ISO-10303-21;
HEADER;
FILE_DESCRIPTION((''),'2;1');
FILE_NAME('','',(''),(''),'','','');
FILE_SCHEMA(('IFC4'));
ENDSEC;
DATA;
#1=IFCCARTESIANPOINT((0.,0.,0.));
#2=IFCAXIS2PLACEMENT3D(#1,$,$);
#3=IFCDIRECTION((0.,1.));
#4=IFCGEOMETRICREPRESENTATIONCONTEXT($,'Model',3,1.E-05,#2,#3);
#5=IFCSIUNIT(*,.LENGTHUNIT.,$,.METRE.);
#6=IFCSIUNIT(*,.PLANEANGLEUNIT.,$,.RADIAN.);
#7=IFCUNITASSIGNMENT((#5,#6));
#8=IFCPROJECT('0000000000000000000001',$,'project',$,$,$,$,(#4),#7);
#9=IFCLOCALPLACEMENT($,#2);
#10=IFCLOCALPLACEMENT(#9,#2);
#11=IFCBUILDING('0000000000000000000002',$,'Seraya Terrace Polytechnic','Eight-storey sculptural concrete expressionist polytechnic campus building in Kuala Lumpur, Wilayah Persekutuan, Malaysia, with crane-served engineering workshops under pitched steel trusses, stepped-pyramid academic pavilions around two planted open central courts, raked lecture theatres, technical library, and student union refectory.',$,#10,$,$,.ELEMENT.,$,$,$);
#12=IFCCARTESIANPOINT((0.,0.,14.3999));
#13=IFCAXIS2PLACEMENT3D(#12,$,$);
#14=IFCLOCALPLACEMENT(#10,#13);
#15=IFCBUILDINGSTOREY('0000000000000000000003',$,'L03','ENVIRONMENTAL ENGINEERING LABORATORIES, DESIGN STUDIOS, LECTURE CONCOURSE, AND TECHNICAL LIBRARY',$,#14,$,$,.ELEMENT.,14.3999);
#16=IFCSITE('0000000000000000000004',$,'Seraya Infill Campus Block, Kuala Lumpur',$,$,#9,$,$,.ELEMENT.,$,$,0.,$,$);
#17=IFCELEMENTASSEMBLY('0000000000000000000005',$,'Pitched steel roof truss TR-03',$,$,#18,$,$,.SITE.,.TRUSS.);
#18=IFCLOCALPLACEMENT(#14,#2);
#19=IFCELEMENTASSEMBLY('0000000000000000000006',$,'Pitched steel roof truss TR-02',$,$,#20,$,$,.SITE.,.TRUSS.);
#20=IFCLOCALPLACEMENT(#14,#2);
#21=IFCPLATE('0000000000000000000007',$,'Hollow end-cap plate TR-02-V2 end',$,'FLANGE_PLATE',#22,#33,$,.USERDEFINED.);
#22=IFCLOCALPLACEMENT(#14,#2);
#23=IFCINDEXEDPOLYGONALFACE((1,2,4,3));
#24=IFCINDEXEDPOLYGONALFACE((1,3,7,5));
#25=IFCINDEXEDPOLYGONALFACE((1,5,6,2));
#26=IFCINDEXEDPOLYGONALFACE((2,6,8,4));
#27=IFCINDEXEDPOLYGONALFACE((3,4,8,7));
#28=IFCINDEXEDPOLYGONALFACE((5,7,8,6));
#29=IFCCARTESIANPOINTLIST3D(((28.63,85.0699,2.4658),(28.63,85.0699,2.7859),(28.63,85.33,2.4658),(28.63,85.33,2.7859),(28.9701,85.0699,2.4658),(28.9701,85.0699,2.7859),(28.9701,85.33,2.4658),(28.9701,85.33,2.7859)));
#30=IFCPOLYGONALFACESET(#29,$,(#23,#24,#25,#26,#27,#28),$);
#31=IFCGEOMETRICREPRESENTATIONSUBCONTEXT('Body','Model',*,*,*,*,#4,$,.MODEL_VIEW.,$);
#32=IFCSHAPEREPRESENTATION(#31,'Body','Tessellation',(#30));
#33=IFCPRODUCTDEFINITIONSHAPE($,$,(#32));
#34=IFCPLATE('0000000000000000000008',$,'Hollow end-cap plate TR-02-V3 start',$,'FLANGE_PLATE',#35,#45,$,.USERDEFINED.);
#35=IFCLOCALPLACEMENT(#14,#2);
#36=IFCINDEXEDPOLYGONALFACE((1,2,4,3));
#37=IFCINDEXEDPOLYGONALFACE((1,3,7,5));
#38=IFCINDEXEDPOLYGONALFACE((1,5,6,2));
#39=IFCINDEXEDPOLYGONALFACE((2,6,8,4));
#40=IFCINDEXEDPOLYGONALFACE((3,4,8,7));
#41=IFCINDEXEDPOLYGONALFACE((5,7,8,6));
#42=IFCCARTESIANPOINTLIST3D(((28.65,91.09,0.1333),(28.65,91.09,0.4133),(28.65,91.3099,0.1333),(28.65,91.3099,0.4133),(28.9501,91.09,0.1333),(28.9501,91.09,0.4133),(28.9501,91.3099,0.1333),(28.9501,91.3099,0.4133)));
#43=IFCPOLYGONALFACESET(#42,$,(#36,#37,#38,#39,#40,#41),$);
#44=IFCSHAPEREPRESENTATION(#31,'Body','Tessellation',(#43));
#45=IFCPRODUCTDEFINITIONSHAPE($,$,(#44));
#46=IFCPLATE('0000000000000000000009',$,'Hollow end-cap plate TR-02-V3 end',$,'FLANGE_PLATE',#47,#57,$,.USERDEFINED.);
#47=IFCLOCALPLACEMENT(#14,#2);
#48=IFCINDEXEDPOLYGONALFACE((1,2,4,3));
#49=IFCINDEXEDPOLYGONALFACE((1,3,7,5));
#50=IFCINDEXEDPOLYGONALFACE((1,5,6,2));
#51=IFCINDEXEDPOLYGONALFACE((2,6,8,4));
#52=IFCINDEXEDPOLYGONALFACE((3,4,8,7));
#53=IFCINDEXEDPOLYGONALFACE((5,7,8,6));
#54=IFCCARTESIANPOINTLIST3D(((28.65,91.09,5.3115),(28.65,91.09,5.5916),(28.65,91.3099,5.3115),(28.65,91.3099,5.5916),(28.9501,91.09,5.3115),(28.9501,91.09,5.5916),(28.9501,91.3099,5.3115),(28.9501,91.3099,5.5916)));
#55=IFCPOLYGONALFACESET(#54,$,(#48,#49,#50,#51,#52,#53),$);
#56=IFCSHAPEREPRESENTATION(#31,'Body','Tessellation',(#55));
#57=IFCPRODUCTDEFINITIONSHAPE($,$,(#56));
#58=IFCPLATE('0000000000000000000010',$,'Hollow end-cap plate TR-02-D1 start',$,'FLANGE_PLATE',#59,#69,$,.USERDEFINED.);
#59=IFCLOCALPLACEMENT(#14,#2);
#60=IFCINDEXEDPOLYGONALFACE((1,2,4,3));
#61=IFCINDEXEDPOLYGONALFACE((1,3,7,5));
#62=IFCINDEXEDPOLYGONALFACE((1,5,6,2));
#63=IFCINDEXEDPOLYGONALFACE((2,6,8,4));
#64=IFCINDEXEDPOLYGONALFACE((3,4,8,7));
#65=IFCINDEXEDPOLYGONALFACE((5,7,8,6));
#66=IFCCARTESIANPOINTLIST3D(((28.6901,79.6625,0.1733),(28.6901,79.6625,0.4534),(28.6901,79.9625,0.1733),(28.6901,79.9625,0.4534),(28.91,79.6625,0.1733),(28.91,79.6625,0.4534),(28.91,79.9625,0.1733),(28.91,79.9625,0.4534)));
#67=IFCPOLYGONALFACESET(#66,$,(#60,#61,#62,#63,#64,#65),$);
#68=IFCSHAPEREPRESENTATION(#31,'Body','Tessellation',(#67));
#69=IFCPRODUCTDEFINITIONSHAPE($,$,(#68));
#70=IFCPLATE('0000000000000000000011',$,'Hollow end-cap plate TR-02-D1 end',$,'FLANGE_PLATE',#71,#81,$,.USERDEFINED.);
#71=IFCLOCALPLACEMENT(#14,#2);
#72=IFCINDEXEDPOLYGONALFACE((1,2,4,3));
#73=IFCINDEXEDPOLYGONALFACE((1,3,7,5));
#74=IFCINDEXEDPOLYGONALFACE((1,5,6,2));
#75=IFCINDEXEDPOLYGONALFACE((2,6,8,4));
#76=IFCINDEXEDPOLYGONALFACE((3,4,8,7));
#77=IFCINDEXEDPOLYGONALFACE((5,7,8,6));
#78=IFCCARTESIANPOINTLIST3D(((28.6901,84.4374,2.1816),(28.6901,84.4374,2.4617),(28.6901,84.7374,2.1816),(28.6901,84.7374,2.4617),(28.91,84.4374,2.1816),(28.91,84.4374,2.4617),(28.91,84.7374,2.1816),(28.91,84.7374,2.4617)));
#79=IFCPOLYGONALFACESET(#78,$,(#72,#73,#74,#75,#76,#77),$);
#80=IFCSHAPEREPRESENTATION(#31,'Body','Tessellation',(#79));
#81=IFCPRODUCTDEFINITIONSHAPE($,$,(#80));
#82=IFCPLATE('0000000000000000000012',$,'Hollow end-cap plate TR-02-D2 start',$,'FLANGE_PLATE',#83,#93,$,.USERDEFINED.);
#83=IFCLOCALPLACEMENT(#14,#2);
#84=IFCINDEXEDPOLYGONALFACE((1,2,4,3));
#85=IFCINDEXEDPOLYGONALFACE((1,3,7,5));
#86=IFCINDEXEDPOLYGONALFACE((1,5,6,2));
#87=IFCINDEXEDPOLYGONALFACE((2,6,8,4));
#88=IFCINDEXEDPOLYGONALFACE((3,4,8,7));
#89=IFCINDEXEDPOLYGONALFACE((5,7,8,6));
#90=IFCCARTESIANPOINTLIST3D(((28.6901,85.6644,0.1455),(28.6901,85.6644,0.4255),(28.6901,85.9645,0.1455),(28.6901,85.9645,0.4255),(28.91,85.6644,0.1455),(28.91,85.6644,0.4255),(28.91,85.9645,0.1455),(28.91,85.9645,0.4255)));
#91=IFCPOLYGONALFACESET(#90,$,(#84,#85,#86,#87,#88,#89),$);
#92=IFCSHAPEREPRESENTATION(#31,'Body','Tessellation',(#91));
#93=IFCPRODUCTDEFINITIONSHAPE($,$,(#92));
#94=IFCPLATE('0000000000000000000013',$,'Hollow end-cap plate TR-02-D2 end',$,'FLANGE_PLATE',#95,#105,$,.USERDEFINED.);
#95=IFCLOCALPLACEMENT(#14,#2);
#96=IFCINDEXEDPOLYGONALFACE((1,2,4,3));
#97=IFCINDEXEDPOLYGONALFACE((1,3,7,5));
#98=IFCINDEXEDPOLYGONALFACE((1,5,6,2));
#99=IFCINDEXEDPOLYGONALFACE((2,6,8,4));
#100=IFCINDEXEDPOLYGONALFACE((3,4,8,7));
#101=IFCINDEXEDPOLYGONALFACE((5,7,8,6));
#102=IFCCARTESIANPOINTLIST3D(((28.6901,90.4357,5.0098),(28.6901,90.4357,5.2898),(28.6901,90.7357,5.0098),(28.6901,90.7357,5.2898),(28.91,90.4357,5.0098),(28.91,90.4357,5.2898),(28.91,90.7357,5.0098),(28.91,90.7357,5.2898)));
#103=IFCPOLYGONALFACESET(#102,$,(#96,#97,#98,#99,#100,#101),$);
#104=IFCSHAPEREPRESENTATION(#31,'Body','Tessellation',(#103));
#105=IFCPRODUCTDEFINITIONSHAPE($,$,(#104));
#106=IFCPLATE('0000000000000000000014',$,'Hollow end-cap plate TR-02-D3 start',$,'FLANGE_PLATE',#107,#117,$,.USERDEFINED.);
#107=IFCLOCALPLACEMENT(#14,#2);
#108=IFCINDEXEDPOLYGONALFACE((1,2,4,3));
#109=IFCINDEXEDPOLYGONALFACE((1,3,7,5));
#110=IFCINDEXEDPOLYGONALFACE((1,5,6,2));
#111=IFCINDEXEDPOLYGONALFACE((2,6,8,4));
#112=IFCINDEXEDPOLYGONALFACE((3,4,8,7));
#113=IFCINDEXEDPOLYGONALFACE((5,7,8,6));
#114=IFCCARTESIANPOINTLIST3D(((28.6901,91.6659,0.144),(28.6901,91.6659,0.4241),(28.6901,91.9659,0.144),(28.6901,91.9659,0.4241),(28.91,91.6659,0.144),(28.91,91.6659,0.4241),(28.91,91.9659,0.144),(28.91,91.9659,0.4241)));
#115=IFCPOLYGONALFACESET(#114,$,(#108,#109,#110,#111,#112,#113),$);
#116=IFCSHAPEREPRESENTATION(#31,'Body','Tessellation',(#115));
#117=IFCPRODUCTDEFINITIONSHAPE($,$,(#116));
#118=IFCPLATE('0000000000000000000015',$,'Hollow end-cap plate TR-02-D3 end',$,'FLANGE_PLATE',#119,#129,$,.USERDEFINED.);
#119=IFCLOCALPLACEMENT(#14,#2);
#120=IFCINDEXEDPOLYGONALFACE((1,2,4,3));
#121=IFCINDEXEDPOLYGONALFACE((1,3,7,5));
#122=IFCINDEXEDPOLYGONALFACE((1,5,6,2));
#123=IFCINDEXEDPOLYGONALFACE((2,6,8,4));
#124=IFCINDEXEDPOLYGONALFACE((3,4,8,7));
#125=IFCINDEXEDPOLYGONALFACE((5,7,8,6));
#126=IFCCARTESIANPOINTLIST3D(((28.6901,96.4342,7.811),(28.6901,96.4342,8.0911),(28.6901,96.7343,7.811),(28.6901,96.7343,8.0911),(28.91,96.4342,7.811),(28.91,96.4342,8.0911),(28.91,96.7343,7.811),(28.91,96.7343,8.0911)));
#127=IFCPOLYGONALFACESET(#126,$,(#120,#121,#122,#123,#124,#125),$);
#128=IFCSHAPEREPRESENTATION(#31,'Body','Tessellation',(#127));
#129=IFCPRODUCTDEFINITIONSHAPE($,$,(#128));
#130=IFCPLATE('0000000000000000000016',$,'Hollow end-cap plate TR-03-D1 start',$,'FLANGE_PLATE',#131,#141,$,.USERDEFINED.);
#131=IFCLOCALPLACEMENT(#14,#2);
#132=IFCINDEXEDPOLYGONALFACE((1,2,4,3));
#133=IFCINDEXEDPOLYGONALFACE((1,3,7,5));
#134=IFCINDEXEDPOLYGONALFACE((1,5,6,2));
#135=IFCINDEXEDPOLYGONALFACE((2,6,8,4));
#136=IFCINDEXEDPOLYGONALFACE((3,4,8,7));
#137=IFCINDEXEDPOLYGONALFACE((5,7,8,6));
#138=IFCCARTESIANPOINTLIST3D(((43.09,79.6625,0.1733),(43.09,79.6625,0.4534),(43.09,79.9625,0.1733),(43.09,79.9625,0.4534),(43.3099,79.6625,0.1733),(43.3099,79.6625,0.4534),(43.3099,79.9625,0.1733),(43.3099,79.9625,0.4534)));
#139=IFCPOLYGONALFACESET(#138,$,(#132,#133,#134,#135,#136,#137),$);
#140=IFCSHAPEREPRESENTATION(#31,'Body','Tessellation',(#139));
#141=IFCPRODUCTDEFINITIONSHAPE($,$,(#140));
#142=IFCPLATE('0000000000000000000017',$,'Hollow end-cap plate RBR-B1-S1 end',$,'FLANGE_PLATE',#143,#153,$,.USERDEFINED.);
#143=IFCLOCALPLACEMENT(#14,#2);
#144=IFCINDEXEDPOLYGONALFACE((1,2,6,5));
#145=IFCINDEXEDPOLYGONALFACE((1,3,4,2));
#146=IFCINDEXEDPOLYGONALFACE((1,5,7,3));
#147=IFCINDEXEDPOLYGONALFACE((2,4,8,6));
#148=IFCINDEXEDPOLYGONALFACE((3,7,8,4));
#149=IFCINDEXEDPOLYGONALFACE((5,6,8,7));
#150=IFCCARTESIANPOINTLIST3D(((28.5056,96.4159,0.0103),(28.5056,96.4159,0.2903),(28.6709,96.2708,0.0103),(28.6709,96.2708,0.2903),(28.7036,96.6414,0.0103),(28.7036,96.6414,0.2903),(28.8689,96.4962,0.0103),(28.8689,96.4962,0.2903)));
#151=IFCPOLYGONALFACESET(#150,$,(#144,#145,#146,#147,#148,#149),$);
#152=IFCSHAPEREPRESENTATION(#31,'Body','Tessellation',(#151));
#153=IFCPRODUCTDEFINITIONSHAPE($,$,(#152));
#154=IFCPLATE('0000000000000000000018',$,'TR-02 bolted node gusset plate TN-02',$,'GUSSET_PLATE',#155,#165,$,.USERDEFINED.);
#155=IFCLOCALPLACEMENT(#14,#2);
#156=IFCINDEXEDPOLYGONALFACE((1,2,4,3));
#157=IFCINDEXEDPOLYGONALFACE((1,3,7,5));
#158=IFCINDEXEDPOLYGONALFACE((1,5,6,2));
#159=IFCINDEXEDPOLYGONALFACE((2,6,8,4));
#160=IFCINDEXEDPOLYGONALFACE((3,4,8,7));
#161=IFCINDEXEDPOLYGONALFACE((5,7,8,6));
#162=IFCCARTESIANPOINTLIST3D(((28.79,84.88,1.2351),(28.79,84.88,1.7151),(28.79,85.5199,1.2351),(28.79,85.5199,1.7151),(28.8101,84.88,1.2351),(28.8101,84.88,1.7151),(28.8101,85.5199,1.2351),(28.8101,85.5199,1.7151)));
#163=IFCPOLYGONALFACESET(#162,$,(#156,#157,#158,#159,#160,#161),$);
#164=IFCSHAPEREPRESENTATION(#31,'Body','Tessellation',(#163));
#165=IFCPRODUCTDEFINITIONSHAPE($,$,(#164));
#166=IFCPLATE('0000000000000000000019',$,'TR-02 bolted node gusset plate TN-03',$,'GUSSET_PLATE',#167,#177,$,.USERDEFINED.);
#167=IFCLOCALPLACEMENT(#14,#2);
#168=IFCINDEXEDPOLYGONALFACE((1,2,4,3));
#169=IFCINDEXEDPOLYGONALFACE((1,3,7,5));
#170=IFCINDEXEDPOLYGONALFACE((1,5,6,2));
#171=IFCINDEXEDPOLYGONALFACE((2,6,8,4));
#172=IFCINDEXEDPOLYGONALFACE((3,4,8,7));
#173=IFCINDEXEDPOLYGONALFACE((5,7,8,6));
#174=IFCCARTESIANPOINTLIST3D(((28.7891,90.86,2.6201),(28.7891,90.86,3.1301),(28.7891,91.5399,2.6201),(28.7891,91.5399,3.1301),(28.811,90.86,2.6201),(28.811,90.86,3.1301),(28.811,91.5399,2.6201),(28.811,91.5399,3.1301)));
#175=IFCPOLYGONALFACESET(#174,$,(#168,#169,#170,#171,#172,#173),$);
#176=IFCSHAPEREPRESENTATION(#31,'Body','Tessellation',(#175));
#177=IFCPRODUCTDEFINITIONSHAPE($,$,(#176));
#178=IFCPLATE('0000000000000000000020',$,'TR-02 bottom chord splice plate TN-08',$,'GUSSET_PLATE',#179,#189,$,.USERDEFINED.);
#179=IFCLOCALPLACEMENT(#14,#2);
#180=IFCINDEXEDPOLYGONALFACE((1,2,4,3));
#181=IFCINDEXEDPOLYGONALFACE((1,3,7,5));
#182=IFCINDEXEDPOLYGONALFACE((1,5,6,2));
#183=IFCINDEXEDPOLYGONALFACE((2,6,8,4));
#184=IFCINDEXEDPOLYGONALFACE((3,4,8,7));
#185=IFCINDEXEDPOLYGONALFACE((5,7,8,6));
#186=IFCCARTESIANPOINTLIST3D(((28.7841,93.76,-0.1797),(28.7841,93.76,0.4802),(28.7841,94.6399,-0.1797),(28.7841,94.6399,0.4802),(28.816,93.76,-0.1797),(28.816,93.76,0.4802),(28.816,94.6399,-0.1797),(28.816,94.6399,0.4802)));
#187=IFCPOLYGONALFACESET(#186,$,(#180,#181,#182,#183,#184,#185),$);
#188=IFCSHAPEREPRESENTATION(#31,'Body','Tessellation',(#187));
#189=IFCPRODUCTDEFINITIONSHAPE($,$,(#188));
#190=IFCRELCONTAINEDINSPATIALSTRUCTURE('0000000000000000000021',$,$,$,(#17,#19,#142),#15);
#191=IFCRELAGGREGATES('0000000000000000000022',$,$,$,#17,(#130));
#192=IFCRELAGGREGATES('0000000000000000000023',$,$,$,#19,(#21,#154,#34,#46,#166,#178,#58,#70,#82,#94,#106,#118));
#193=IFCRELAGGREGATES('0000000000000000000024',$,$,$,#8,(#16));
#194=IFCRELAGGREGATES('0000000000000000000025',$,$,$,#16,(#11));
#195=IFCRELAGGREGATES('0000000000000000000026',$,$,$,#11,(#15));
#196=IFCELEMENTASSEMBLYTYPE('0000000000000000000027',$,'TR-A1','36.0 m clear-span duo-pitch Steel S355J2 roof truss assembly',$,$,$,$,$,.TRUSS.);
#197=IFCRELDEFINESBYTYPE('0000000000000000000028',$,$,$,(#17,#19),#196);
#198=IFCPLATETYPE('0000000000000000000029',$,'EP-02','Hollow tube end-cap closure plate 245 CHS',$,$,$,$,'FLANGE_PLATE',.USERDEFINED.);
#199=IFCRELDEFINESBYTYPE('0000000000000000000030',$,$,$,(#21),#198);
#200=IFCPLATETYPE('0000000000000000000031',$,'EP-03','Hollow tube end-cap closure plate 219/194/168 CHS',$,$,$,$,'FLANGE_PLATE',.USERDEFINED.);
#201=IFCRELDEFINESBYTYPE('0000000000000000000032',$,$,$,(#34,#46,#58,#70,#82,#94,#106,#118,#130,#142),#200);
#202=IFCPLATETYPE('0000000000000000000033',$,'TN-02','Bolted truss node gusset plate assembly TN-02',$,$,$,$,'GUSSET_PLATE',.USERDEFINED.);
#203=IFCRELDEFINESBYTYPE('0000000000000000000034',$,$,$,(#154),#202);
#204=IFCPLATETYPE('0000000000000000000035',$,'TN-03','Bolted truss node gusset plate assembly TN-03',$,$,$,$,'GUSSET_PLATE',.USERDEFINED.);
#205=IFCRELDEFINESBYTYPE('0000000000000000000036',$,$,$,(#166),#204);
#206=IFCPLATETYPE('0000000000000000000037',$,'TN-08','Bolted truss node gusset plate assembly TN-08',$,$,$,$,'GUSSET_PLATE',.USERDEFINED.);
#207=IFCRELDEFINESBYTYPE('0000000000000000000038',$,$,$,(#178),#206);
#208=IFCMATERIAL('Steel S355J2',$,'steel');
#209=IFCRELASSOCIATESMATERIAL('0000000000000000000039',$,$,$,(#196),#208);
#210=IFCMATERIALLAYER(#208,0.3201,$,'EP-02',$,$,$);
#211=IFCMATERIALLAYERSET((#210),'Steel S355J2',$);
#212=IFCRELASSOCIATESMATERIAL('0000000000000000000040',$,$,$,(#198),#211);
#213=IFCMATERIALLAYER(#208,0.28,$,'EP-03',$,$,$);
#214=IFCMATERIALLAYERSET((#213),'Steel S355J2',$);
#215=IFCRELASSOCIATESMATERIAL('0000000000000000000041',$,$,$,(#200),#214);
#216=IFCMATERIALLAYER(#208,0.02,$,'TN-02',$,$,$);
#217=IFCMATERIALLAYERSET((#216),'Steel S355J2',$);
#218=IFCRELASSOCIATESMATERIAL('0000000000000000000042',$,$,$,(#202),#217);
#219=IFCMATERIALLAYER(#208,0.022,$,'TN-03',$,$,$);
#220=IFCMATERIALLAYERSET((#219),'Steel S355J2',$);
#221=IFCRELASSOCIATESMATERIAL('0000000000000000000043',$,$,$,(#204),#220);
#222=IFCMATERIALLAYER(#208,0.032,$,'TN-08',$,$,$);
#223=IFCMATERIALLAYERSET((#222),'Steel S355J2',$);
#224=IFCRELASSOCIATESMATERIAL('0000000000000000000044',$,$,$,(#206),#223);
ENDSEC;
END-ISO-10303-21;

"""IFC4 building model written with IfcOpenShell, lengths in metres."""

from ifc_helpers import new_model, si_unit, direction, frame, origin, origin_2d, place, context, subcontext, project, spatial, rectangle, extrude, material, layer, layer_set, type_object, element, aggregate, save


model = new_model("IFC4")

# Units and contexts
model_context = context("Model", 3, precision=1e-05, world=origin(), true_north=direction((0.0, 1.0)))
body_context = subcontext(model_context, "Body", "Model", "MODEL_VIEW")
ifc_project = project(units=[si_unit("LENGTHUNIT", "METRE"), si_unit("PLANEANGLEUNIT", "RADIAN")], contexts=[model_context])

# Site, building, storey
site_placement = place(None, origin())
site = spatial("IfcSite", under=ifc_project, at=site_placement, Name="Seraya Infill Campus Block, Kuala Lumpur", CompositionType="ELEMENT", RefElevation=0.0)
building_placement = place(site_placement, origin())
building = spatial("IfcBuilding", under=site, at=building_placement, Name="Seraya Terrace Polytechnic", Description="Eight-storey sculptural concrete expressionist polytechnic campus building in Kuala Lumpur, Wilayah Persekutuan, Malaysia, with crane-served engineering workshops under pitched steel trusses, stepped-pyramid academic pavilions around two planted open central courts, raked lecture theatres, technical library, and student union refectory.", CompositionType="ELEMENT")
storey_placement = place(building_placement, frame((0.0, 0.0, 14.3999)))
storey = spatial("IfcBuildingStorey", under=building, at=storey_placement, Name="L03", Description="ENVIRONMENTAL ENGINEERING LABORATORIES, DESIGN STUDIOS, LECTURE CONCOURSE, AND TECHNICAL LIBRARY", CompositionType="ELEMENT", Elevation=14.3999)

# Element assembly
ifc_material_1 = material(Name="Steel S355J2", Category="steel")
element_assembly_type = type_object("IfcElementAssemblyType", Name="TR-A1", Description="36.0 m clear-span duo-pitch Steel S355J2 roof truss assembly", PredefinedType="TRUSS", material=ifc_material_1)
assembly_1_placement = place(storey_placement, origin())
assembly_1 = element("IfcElementAssembly", 1, at=assembly_1_placement, inside=storey, type_object=element_assembly_type, Name="Pitched steel roof truss TR-03", AssemblyPlace="SITE", PredefinedType="TRUSS")

# Element assembly
assembly_2_placement = place(storey_placement, origin())
assembly_2 = element("IfcElementAssembly", 2, at=assembly_2_placement, inside=storey, type_object=element_assembly_type, Name="Pitched steel roof truss TR-02", AssemblyPlace="SITE", PredefinedType="TRUSS")

# Plates
ifc_layer_1 = layer(ifc_material_1, 0.3201, Name="EP-02")
ifc_layer_set_1 = layer_set([ifc_layer_1], Name="Steel S355J2")
plate_type_1 = type_object("IfcPlateType", Name="EP-02", Description="Hollow tube end-cap closure plate 245 CHS", ElementType="FLANGE_PLATE", PredefinedType="USERDEFINED", material=ifc_layer_set_1)
plate_1_placement = place(storey_placement, frame((28.8, 85.2, 2.4658), z_axis=(0.0, 0.0, 1.0), x_axis=(1.0, 0.0, 0.0)))
plate_1 = element("IfcPlate", 3, at=plate_1_placement, type_object=plate_type_1, Name="Hollow end-cap plate TR-02-V2 end", ObjectType="FLANGE_PLATE", PredefinedType="USERDEFINED", context=body_context, shape_type="SweptSolid", body=[
    extrude(rectangle(XDim=0.3401, YDim=0.26, at=origin_2d()), origin(), (0.0, 0.0, 1.0), 0.3201),
])
ifc_layer_2 = layer(ifc_material_1, 0.28, Name="EP-03")
ifc_layer_set_2 = layer_set([ifc_layer_2], Name="Steel S355J2")
plate_type_2 = type_object("IfcPlateType", Name="EP-03", Description="Hollow tube end-cap closure plate 219/194/168 CHS", ElementType="FLANGE_PLATE", PredefinedType="USERDEFINED", material=ifc_layer_set_2)
plate_2_placement = place(storey_placement, frame((28.8, 91.2, 0.1333), z_axis=(0.0, 0.0, 1.0), x_axis=(1.0, 0.0, 0.0)))
plate_2 = element("IfcPlate", 4, at=plate_2_placement, type_object=plate_type_2, Name="Hollow end-cap plate TR-02-V3 start", ObjectType="FLANGE_PLATE", PredefinedType="USERDEFINED", context=body_context, shape_type="SweptSolid", body=[
    extrude(rectangle(XDim=0.3, YDim=0.22, at=origin_2d()), origin(), (0.0, 0.0, 1.0), 0.28),
])
plate_3_placement = place(storey_placement, frame((28.8, 91.2, 5.3115), z_axis=(0.0, 0.0, 1.0), x_axis=(1.0, 0.0, 0.0)))
plate_3 = element("IfcPlate", 5, at=plate_3_placement, type_object=plate_type_2, Name="Hollow end-cap plate TR-02-V3 end", ObjectType="FLANGE_PLATE", PredefinedType="USERDEFINED", context=body_context, shape_type="SweptSolid", body=[
    extrude(rectangle(XDim=0.3, YDim=0.22, at=origin_2d()), origin(), (0.0, 0.0, 1.0), 0.28),
])
plate_4_placement = place(storey_placement, frame((28.8, 79.8125, 0.1733), z_axis=(0.0, 0.0, 1.0), x_axis=(0.0, 1.0, 0.0)))
plate_4 = element("IfcPlate", 6, at=plate_4_placement, type_object=plate_type_2, Name="Hollow end-cap plate TR-02-D1 start", ObjectType="FLANGE_PLATE", PredefinedType="USERDEFINED", context=body_context, shape_type="SweptSolid", body=[
    extrude(rectangle(XDim=0.3, YDim=0.22, at=origin_2d()), origin(), (0.0, 0.0, 1.0), 0.28),
])
plate_5_placement = place(storey_placement, frame((28.8, 84.5874, 2.1816), z_axis=(0.0, 0.0, 1.0), x_axis=(0.0, 1.0, 0.0)))
plate_5 = element("IfcPlate", 7, at=plate_5_placement, type_object=plate_type_2, Name="Hollow end-cap plate TR-02-D1 end", ObjectType="FLANGE_PLATE", PredefinedType="USERDEFINED", context=body_context, shape_type="SweptSolid", body=[
    extrude(rectangle(XDim=0.3, YDim=0.22, at=origin_2d()), origin(), (0.0, 0.0, 1.0), 0.28),
])
plate_6_placement = place(storey_placement, frame((28.8, 85.8145, 0.1455), z_axis=(0.0, 0.0, 1.0), x_axis=(0.0, 1.0, 0.0)))
plate_6 = element("IfcPlate", 8, at=plate_6_placement, type_object=plate_type_2, Name="Hollow end-cap plate TR-02-D2 start", ObjectType="FLANGE_PLATE", PredefinedType="USERDEFINED", context=body_context, shape_type="SweptSolid", body=[
    extrude(rectangle(XDim=0.3, YDim=0.22, at=origin_2d()), origin(), (0.0, 0.0, 1.0), 0.28),
])
plate_7_placement = place(storey_placement, frame((28.8, 90.5857, 5.0098), z_axis=(0.0, 0.0, 1.0), x_axis=(0.0, 1.0, 0.0)))
plate_7 = element("IfcPlate", 9, at=plate_7_placement, type_object=plate_type_2, Name="Hollow end-cap plate TR-02-D2 end", ObjectType="FLANGE_PLATE", PredefinedType="USERDEFINED", context=body_context, shape_type="SweptSolid", body=[
    extrude(rectangle(XDim=0.3, YDim=0.22, at=origin_2d()), origin(), (0.0, 0.0, 1.0), 0.28),
])
plate_8_placement = place(storey_placement, frame((28.8, 91.8159, 0.144), z_axis=(0.0, 0.0, 1.0), x_axis=(0.0, 1.0, 0.0)))
plate_8 = element("IfcPlate", 10, at=plate_8_placement, type_object=plate_type_2, Name="Hollow end-cap plate TR-02-D3 start", ObjectType="FLANGE_PLATE", PredefinedType="USERDEFINED", context=body_context, shape_type="SweptSolid", body=[
    extrude(rectangle(XDim=0.3, YDim=0.22, at=origin_2d()), origin(), (0.0, 0.0, 1.0), 0.28),
])
plate_9_placement = place(storey_placement, frame((28.8, 96.5842, 7.811), z_axis=(0.0, 0.0, 1.0), x_axis=(0.0, 1.0, 0.0)))
plate_9 = element("IfcPlate", 11, at=plate_9_placement, type_object=plate_type_2, Name="Hollow end-cap plate TR-02-D3 end", ObjectType="FLANGE_PLATE", PredefinedType="USERDEFINED", context=body_context, shape_type="SweptSolid", body=[
    extrude(rectangle(XDim=0.3, YDim=0.22, at=origin_2d()), origin(), (0.0, 0.0, 1.0), 0.28),
])
plate_10_placement = place(storey_placement, frame((43.2, 79.8125, 0.1733), z_axis=(0.0, 0.0, 1.0), x_axis=(0.0, 1.0, 0.0)))
plate_10 = element("IfcPlate", 12, at=plate_10_placement, type_object=plate_type_2, Name="Hollow end-cap plate TR-03-D1 start", ObjectType="FLANGE_PLATE", PredefinedType="USERDEFINED", context=body_context, shape_type="SweptSolid", body=[
    extrude(rectangle(XDim=0.3, YDim=0.22, at=origin_2d()), origin(), (0.0, 0.0, 1.0), 0.28),
])
aggregate(assembly_1, [plate_10])
plate_11_placement = place(storey_placement, frame((28.6873, 96.4561, 0.0103), z_axis=(0.0, 0.0, 1.0), x_axis=(0.659871, 0.751379, 0.0)))
element("IfcPlate", 13, at=plate_11_placement, inside=storey, type_object=plate_type_2, Name="Hollow end-cap plate RBR-B1-S1 end", ObjectType="FLANGE_PLATE", PredefinedType="USERDEFINED", context=body_context, shape_type="SweptSolid", body=[
    extrude(rectangle(XDim=0.3, YDim=0.22, at=origin_2d()), origin(), (0.0, 0.0, 1.0), 0.28),
])
ifc_layer_3 = layer(ifc_material_1, 0.02, Name="TN-02")
ifc_layer_set_3 = layer_set([ifc_layer_3], Name="Steel S355J2")
plate_type_3 = type_object("IfcPlateType", Name="TN-02", Description="Bolted truss node gusset plate assembly TN-02", ElementType="GUSSET_PLATE", PredefinedType="USERDEFINED", material=ifc_layer_set_3)
plate_12_placement = place(storey_placement, frame((28.8, 85.2, 1.2351), z_axis=(0.0, 0.0, 1.0), x_axis=(0.0, 1.0, 0.0)))
plate_12 = element("IfcPlate", 14, at=plate_12_placement, type_object=plate_type_3, Name="TR-02 bolted node gusset plate TN-02", ObjectType="GUSSET_PLATE", PredefinedType="USERDEFINED", context=body_context, shape_type="SweptSolid", body=[
    extrude(rectangle(XDim=0.6399, YDim=0.02, at=origin_2d()), origin(), (0.0, 0.0, 1.0), 0.48),
])
ifc_layer_4 = layer(ifc_material_1, 0.022, Name="TN-03")
ifc_layer_set_4 = layer_set([ifc_layer_4], Name="Steel S355J2")
plate_type_4 = type_object("IfcPlateType", Name="TN-03", Description="Bolted truss node gusset plate assembly TN-03", ElementType="GUSSET_PLATE", PredefinedType="USERDEFINED", material=ifc_layer_set_4)
plate_13_placement = place(storey_placement, frame((28.8, 91.2, 2.6201), z_axis=(0.0, 0.0, 1.0), x_axis=(0.0, 1.0, 0.0)))
plate_13 = element("IfcPlate", 15, at=plate_13_placement, type_object=plate_type_4, Name="TR-02 bolted node gusset plate TN-03", ObjectType="GUSSET_PLATE", PredefinedType="USERDEFINED", context=body_context, shape_type="SweptSolid", body=[
    extrude(rectangle(XDim=0.6799, YDim=0.022, at=origin_2d()), origin(), (0.0, 0.0, 1.0), 0.51),
])
ifc_layer_5 = layer(ifc_material_1, 0.032, Name="TN-08")
ifc_layer_set_5 = layer_set([ifc_layer_5], Name="Steel S355J2")
plate_type_5 = type_object("IfcPlateType", Name="TN-08", Description="Bolted truss node gusset plate assembly TN-08", ElementType="GUSSET_PLATE", PredefinedType="USERDEFINED", material=ifc_layer_set_5)
plate_14_placement = place(storey_placement, frame((28.8, 94.2, -0.1797), z_axis=(0.0, 0.0, 1.0), x_axis=(0.0, 1.0, 0.0)))
plate_14 = element("IfcPlate", 16, at=plate_14_placement, type_object=plate_type_5, Name="TR-02 bottom chord splice plate TN-08", ObjectType="GUSSET_PLATE", PredefinedType="USERDEFINED", context=body_context, shape_type="SweptSolid", body=[
    extrude(rectangle(XDim=0.8799, YDim=0.032, at=origin_2d()), origin(), (0.0, 0.0, 1.0), 0.6599),
])
aggregate(assembly_2, [plate_1, plate_12, plate_2, plate_3, plate_13, plate_14, plate_4, plate_5, plate_6, plate_7, plate_8, plate_9])

save(model, "model.ifc")
